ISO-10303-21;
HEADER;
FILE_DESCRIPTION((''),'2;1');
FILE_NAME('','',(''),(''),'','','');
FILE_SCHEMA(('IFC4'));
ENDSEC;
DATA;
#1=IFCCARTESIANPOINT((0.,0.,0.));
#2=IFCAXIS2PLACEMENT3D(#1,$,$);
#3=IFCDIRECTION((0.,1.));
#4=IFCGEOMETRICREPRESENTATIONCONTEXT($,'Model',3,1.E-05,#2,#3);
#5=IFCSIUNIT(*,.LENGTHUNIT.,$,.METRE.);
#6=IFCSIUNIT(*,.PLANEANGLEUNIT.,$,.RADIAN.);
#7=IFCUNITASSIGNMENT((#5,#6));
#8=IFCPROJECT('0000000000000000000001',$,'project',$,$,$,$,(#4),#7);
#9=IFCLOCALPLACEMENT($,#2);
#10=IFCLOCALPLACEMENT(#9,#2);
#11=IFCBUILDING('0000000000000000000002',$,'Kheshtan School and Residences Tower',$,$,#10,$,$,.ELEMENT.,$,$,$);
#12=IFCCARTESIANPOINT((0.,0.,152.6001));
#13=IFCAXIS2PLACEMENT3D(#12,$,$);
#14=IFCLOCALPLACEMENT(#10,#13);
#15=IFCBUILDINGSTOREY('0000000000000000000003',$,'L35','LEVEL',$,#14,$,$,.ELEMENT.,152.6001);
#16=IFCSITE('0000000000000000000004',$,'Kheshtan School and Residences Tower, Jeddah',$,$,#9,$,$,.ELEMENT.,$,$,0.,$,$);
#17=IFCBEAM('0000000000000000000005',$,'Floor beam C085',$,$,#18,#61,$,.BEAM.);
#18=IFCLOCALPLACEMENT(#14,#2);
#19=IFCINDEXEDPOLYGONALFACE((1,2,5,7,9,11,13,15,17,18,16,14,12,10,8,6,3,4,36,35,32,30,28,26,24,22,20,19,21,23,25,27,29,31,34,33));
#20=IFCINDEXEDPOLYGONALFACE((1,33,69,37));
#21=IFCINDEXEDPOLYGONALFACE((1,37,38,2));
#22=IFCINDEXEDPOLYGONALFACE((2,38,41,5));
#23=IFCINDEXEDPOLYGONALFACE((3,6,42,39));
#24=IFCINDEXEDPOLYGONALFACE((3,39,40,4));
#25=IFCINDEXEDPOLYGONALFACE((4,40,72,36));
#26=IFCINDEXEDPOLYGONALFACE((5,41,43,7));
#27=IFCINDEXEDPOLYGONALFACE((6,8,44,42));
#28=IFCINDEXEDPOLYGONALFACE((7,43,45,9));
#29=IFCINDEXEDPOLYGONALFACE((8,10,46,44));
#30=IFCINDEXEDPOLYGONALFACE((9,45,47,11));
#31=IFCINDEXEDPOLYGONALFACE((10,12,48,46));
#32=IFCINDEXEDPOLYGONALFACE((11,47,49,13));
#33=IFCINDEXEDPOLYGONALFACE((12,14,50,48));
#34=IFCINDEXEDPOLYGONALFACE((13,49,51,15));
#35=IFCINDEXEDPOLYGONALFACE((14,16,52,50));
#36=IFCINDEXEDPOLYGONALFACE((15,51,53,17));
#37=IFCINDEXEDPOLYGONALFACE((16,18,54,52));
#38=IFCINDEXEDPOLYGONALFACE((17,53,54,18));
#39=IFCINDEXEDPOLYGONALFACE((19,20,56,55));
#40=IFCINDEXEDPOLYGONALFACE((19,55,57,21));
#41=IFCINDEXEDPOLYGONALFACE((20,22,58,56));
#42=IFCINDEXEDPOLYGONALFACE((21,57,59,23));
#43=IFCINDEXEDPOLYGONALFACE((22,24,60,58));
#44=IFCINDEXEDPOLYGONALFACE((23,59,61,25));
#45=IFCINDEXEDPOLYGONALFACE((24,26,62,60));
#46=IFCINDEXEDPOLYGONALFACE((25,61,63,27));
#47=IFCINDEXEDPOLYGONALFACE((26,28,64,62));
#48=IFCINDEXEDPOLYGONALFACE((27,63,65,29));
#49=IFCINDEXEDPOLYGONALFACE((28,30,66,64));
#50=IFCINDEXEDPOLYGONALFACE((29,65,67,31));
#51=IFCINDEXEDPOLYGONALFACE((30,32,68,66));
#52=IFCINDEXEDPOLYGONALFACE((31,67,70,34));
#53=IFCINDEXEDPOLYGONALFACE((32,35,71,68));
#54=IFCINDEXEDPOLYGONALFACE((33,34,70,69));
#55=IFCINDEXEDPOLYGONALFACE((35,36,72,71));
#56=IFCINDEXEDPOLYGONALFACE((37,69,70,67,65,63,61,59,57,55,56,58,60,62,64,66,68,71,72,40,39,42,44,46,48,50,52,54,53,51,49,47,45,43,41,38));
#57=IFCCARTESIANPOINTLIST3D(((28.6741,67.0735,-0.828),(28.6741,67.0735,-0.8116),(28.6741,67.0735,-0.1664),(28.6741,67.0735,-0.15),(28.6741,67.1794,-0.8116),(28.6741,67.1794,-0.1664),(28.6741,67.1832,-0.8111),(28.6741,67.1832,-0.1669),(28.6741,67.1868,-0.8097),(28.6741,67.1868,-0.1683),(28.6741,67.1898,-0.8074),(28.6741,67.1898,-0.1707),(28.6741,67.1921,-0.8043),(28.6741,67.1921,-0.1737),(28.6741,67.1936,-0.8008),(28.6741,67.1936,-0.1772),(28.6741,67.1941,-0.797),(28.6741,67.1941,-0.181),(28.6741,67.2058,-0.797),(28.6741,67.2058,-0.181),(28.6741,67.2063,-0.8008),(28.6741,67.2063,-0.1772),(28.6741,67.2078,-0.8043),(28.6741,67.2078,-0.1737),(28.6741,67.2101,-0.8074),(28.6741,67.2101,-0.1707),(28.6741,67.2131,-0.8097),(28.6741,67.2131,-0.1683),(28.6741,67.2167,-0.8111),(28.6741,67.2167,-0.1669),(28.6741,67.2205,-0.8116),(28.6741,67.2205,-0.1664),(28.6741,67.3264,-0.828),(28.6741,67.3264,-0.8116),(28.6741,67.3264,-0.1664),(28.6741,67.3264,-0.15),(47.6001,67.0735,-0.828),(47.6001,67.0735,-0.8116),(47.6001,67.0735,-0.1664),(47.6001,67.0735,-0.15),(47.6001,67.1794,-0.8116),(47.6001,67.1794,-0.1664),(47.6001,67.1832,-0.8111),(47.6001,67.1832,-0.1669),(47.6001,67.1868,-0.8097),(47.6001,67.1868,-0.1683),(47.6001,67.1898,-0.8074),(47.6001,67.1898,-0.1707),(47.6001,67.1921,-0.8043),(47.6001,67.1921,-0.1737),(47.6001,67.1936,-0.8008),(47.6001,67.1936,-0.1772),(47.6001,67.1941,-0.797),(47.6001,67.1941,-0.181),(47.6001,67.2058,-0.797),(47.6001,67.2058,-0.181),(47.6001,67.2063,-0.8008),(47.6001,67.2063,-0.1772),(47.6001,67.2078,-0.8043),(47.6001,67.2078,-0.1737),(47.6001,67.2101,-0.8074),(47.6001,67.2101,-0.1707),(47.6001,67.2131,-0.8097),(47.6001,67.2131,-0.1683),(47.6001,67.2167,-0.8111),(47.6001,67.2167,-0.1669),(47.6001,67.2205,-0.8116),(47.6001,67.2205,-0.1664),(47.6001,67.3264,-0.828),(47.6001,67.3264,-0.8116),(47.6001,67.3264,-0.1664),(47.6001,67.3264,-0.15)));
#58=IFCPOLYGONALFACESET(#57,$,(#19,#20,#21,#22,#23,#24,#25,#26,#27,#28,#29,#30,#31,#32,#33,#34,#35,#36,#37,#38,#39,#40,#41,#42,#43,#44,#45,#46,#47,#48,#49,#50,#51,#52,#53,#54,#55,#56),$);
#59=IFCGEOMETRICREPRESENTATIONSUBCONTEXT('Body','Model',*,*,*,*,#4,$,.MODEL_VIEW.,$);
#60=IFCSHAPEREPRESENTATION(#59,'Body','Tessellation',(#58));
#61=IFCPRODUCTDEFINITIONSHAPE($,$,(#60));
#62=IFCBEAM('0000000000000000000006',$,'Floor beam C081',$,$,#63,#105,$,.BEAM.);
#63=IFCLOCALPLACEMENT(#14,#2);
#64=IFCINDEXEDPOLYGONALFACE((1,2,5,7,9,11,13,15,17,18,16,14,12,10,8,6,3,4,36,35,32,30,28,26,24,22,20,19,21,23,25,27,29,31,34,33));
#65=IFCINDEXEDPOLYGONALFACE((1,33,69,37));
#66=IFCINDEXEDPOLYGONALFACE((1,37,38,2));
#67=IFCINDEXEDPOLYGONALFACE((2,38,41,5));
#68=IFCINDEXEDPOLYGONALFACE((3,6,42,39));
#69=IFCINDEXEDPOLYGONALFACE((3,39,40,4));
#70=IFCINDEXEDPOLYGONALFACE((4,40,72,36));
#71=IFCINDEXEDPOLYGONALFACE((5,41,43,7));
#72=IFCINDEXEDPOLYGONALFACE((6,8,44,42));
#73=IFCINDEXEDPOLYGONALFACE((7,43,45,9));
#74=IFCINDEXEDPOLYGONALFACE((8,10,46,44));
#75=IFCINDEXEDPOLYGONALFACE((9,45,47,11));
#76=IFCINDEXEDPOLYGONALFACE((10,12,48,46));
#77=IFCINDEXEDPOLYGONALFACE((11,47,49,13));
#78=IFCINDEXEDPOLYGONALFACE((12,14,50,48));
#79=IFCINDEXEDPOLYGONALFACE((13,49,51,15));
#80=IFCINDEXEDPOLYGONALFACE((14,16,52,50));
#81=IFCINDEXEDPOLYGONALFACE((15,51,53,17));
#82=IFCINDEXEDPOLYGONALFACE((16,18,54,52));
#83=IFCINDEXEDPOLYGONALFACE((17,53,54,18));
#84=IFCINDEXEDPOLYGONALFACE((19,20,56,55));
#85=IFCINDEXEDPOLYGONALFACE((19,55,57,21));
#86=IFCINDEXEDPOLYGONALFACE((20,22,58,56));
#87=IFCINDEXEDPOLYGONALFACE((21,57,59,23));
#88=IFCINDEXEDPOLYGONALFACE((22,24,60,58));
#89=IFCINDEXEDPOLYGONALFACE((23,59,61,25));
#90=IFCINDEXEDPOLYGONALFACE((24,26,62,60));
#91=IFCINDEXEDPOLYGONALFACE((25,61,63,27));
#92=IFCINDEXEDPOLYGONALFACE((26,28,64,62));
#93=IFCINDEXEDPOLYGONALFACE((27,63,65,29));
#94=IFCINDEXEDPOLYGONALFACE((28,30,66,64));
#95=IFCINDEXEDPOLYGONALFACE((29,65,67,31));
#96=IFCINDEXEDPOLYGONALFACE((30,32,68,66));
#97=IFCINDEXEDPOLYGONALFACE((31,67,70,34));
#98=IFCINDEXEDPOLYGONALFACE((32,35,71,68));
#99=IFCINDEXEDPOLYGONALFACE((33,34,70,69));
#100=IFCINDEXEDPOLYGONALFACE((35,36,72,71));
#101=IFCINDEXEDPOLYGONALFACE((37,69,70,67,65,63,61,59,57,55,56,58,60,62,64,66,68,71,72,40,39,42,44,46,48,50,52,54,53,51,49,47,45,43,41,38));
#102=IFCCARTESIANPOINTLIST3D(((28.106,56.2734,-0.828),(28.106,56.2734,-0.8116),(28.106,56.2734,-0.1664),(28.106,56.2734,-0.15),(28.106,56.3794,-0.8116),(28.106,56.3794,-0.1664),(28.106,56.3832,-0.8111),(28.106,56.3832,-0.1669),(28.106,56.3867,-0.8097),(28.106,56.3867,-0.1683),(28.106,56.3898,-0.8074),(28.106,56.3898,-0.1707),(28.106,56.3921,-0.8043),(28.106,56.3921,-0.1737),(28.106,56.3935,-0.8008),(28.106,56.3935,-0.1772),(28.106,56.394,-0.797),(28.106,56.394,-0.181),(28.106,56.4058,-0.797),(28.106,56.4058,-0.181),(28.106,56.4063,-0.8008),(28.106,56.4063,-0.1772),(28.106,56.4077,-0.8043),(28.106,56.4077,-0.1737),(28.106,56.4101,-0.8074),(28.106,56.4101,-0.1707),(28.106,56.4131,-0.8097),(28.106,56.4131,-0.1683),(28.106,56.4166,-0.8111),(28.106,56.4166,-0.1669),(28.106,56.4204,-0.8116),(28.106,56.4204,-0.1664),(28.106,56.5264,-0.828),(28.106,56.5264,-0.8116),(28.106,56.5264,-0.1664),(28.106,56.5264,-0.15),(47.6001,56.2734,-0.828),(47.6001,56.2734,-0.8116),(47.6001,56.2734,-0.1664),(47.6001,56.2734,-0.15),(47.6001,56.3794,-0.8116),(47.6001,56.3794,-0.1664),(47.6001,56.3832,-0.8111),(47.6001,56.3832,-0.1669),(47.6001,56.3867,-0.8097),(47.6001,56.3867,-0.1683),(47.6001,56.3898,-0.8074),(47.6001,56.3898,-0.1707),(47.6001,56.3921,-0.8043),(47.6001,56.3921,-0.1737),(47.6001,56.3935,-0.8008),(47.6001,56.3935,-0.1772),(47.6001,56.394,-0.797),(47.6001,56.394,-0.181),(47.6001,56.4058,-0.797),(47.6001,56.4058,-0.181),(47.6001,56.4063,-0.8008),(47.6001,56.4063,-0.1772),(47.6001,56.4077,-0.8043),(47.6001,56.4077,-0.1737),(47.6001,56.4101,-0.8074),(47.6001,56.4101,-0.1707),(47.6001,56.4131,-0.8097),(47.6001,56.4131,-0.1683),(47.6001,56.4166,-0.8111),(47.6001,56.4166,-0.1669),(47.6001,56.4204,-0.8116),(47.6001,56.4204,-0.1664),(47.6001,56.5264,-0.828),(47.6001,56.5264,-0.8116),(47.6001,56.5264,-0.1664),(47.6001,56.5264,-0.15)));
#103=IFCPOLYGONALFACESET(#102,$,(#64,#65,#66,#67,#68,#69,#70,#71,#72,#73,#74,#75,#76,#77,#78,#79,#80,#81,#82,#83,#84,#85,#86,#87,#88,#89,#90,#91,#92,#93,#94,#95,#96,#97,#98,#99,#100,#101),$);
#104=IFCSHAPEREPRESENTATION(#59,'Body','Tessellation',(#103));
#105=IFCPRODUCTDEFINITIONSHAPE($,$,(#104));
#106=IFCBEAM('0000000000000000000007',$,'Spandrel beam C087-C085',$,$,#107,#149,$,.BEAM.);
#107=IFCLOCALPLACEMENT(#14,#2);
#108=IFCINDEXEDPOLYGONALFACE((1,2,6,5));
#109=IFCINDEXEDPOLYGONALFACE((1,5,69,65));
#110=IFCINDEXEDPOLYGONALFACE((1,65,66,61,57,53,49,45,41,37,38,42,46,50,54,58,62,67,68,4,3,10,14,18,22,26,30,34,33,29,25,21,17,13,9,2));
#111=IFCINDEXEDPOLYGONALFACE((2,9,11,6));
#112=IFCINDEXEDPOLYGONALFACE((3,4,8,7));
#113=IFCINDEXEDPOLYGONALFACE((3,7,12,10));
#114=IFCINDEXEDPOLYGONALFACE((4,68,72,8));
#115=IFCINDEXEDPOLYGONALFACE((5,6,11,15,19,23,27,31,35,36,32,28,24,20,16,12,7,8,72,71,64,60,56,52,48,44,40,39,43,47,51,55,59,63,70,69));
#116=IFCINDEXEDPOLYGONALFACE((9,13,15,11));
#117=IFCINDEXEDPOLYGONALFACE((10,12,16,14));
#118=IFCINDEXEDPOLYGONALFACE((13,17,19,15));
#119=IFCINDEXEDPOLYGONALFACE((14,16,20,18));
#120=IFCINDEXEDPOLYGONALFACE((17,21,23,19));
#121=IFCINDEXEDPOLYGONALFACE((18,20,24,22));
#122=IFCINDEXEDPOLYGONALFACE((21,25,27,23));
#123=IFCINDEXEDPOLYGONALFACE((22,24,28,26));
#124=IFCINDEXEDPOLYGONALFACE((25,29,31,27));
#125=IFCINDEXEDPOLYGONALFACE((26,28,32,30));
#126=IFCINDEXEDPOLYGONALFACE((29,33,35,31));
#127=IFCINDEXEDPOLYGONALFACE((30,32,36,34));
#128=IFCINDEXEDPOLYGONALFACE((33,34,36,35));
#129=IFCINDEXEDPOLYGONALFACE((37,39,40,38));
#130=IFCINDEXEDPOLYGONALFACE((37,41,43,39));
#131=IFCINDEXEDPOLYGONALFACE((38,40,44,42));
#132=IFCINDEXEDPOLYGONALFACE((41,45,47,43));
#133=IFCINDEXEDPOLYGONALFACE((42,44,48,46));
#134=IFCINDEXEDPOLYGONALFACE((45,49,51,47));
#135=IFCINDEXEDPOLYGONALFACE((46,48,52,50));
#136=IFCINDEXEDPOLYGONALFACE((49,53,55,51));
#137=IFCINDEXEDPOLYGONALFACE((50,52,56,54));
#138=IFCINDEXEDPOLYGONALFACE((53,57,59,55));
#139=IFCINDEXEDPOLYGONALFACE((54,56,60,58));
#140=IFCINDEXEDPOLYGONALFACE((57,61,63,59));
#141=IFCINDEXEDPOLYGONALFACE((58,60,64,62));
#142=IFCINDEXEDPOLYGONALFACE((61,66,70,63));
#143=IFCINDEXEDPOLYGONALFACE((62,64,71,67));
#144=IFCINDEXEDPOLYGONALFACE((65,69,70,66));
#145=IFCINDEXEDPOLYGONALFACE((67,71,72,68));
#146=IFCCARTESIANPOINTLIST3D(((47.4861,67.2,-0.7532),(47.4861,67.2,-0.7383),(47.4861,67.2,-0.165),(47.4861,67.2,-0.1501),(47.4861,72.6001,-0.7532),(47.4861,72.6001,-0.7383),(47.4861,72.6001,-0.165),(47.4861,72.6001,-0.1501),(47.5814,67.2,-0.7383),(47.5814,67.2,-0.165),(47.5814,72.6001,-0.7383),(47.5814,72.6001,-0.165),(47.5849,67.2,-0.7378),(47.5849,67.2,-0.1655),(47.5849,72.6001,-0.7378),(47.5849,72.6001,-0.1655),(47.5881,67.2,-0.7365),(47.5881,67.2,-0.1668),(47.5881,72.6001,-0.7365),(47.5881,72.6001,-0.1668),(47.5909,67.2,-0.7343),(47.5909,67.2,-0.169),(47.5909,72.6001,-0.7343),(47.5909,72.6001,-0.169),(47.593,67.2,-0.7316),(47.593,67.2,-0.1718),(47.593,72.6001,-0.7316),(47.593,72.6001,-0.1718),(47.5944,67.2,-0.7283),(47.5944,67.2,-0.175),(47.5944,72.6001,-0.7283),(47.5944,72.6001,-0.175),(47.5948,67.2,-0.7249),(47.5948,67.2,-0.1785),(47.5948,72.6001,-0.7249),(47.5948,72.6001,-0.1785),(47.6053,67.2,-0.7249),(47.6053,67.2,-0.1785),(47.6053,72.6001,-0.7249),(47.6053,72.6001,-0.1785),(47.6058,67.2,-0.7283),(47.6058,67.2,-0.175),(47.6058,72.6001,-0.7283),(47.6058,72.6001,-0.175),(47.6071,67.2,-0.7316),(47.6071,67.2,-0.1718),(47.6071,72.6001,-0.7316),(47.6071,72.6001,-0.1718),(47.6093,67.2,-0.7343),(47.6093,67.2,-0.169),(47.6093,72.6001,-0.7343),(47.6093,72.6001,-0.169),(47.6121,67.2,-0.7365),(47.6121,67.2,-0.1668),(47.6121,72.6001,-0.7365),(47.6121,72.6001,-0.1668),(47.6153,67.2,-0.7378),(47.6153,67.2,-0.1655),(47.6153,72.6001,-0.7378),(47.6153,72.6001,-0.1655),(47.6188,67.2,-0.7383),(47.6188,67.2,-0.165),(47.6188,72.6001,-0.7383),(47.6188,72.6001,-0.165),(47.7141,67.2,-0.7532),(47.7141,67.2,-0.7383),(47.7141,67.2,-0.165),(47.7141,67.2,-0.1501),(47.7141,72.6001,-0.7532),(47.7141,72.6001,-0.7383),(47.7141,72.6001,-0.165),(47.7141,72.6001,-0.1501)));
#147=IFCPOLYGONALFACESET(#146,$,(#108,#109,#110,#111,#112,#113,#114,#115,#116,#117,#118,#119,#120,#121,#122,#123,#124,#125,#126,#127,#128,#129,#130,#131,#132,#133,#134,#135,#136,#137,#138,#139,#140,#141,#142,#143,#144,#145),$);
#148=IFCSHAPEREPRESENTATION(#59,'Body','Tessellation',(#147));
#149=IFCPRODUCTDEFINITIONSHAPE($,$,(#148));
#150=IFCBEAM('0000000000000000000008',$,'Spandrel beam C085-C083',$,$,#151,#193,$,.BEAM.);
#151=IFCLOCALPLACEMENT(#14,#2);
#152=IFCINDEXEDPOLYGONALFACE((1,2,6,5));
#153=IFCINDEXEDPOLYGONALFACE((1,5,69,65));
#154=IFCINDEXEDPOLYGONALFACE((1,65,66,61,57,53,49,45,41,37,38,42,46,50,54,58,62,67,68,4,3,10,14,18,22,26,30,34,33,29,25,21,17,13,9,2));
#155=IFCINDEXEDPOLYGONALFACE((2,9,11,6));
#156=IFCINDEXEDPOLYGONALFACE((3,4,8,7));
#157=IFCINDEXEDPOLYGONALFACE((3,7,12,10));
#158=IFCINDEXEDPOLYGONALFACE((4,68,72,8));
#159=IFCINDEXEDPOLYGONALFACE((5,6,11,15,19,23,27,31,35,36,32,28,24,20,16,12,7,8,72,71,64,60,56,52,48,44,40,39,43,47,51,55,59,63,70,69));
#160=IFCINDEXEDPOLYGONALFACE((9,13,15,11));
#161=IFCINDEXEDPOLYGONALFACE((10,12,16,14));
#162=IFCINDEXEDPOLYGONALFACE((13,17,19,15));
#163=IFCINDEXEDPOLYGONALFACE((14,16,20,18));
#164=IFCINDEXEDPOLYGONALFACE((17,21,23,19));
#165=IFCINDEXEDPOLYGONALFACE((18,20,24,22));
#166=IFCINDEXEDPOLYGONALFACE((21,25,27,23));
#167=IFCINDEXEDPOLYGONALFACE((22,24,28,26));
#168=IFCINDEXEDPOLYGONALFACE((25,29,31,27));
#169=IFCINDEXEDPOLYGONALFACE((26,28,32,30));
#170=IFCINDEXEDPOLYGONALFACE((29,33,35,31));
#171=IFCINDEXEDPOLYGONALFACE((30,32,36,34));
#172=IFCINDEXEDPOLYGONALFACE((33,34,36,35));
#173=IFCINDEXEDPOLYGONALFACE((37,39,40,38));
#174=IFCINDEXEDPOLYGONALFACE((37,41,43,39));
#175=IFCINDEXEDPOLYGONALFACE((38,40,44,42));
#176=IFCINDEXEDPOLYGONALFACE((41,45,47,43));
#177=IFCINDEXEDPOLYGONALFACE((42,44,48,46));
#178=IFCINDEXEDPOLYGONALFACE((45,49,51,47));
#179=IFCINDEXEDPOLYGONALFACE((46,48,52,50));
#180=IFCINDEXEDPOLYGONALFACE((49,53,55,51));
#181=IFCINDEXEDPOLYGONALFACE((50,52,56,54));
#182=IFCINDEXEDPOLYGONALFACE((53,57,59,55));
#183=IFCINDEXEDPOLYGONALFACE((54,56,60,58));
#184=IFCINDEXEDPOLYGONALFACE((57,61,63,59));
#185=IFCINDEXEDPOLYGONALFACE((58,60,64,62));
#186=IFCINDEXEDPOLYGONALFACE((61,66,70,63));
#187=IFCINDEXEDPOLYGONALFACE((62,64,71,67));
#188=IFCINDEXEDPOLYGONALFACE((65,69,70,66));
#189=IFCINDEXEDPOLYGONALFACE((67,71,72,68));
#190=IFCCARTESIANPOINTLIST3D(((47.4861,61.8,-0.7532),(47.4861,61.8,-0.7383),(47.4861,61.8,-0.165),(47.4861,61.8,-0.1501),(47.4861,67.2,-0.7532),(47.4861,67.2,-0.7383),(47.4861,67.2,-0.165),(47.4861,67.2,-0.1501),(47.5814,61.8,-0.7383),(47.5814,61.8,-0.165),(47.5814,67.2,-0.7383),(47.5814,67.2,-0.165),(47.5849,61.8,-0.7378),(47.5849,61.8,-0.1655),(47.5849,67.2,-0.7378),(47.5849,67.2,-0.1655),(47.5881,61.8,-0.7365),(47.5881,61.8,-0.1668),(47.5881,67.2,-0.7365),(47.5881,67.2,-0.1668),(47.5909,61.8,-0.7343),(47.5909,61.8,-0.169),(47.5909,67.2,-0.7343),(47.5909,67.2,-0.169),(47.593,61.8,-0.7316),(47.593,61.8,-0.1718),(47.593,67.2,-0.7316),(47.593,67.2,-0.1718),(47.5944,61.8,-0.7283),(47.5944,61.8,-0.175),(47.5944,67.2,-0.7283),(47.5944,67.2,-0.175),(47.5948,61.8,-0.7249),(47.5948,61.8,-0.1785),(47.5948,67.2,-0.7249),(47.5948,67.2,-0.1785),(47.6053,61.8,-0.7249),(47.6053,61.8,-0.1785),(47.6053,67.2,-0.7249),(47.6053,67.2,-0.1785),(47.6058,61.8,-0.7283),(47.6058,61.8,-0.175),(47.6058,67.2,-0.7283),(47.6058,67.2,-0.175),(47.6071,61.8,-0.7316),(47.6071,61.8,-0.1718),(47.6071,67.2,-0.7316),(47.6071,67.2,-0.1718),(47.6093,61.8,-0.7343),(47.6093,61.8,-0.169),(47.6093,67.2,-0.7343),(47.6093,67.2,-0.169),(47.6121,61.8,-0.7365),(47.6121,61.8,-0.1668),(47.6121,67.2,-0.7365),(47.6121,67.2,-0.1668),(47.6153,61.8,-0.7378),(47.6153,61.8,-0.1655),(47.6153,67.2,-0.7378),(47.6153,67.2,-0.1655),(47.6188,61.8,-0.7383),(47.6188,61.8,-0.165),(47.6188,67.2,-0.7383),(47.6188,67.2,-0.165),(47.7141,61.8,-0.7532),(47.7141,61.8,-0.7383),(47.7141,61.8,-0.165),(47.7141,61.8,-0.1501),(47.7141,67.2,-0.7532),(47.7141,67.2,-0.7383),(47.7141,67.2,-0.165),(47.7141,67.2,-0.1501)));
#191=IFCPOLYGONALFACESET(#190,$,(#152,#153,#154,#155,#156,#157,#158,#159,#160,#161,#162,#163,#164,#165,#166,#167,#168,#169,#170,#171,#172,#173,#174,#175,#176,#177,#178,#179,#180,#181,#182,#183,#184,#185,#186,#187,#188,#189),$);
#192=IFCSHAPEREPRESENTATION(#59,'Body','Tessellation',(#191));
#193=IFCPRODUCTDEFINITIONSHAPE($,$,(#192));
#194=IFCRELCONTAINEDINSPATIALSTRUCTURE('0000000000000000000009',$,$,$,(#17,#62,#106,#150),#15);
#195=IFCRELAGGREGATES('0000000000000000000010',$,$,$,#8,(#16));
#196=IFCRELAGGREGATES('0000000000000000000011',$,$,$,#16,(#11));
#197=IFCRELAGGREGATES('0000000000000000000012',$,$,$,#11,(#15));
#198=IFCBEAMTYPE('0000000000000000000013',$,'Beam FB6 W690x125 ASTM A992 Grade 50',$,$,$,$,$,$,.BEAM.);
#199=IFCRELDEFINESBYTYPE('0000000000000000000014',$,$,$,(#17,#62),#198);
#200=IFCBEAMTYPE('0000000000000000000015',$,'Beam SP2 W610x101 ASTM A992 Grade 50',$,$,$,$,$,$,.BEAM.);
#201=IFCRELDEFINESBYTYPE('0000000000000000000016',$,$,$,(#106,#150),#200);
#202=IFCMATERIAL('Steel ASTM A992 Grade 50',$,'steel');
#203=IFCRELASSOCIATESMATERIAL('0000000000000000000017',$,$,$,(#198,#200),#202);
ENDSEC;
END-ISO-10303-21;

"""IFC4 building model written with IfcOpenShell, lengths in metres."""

from ifc_helpers import new_model, si_unit, direction, frame, origin, origin_2d, place, context, subcontext, project, spatial, i_section, extrude, material, material_profile, profile_set, type_object, element, save


model = new_model("IFC4")

# Units and contexts
model_context = context("Model", 3, precision=1e-05, world=origin(), true_north=direction((0.0, 1.0)))
body_context = subcontext(model_context, "Body", "Model", "MODEL_VIEW")
ifc_project = project(units=[si_unit("LENGTHUNIT", "METRE"), si_unit("PLANEANGLEUNIT", "RADIAN")], contexts=[model_context])

# Site, building, storey
site_placement = place(None, origin())
site = spatial("IfcSite", under=ifc_project, at=site_placement, Name="Kheshtan School and Residences Tower, Jeddah", CompositionType="ELEMENT", RefElevation=0.0)
building_placement = place(site_placement, origin())
building = spatial("IfcBuilding", under=site, at=building_placement, Name="Kheshtan School and Residences Tower", CompositionType="ELEMENT")
storey_placement = place(building_placement, frame((0.0, 0.0, 152.6001)))
storey = spatial("IfcBuildingStorey", under=building, at=storey_placement, Name="L35", Description="LEVEL", CompositionType="ELEMENT", Elevation=152.6001)

# Shared definitions
ifc_material_1 = material(Name="Steel ASTM A992 Grade 50", Category="steel")

# Beams
ifc_material_profile_1 = material_profile(ifc_material_1, i_section(OverallWidth=0.2529, OverallDepth=0.678, WebThickness=0.0117, FlangeThickness=0.0164, FilletRadius=0.0146, at=origin_2d()), Name="W690x125")
ifc_profile_set_1 = profile_set([ifc_material_profile_1], Name="Steel ASTM A992 Grade 50")
beam_type_1 = type_object("IfcBeamType", Name="Beam FB6 W690x125 ASTM A992 Grade 50", PredefinedType="BEAM", material=ifc_profile_set_1)
beam_1_placement = place(storey_placement, frame((47.6001, 67.2, -0.489), z_axis=(-1.0, 0.0, 0.0), x_axis=(0.0, -1.0, 0.0)))
element("IfcBeam", 1, at=beam_1_placement, inside=storey, type_object=beam_type_1, Name="Floor beam C085", PredefinedType="BEAM", context=body_context, shape_type="SweptSolid", body=[
    extrude(i_section(OverallWidth=0.2529, OverallDepth=0.678, WebThickness=0.0117, FlangeThickness=0.0164, FilletRadius=0.0146, at=origin_2d()), origin(), (0.0, 0.0, 1.0), 18.926),
])
beam_2_placement = place(storey_placement, frame((47.6001, 56.3999, -0.489), z_axis=(-1.0, 0.0, 0.0), x_axis=(0.0, -1.0, 0.0)))
element("IfcBeam", 2, at=beam_2_placement, inside=storey, type_object=beam_type_1, Name="Floor beam C081", PredefinedType="BEAM", context=body_context, shape_type="SweptSolid", body=[
    extrude(i_section(OverallWidth=0.2529, OverallDepth=0.678, WebThickness=0.0117, FlangeThickness=0.0164, FilletRadius=0.0146, at=origin_2d()), origin(), (0.0, 0.0, 1.0), 19.4941),
])
ifc_material_profile_2 = material_profile(ifc_material_1, i_section(OverallWidth=0.228, OverallDepth=0.603, WebThickness=0.0105, FlangeThickness=0.0149, FilletRadius=0.0134, at=origin_2d()), Name="W610x101")
ifc_profile_set_2 = profile_set([ifc_material_profile_2], Name="Steel ASTM A992 Grade 50")
beam_type_2 = type_object("IfcBeamType", Name="Beam SP2 W610x101 ASTM A992 Grade 50", PredefinedType="BEAM", material=ifc_profile_set_2)
beam_3_placement = place(storey_placement, frame((47.6001, 72.6001, -0.4517), z_axis=(0.0, -1.0, 0.0), x_axis=(1.0, 0.0, 0.0)))
element("IfcBeam", 3, at=beam_3_placement, inside=storey, type_object=beam_type_2, Name="Spandrel beam C087-C085", PredefinedType="BEAM", context=body_context, shape_type="SweptSolid", body=[
    extrude(i_section(OverallWidth=0.228, OverallDepth=0.603, WebThickness=0.0105, FlangeThickness=0.0149, FilletRadius=0.0134, at=origin_2d()), origin(), (0.0, 0.0, 1.0), 5.4001),
])
beam_4_placement = place(storey_placement, frame((47.6001, 67.2, -0.4517), z_axis=(0.0, -1.0, 0.0), x_axis=(1.0, 0.0, 0.0)))
element("IfcBeam", 4, at=beam_4_placement, inside=storey, type_object=beam_type_2, Name="Spandrel beam C085-C083", PredefinedType="BEAM", context=body_context, shape_type="SweptSolid", body=[
    extrude(i_section(OverallWidth=0.228, OverallDepth=0.603, WebThickness=0.0105, FlangeThickness=0.0149, FilletRadius=0.0134, at=origin_2d()), origin(), (0.0, 0.0, 1.0), 5.3999),
])

save(model, "model.ifc")
